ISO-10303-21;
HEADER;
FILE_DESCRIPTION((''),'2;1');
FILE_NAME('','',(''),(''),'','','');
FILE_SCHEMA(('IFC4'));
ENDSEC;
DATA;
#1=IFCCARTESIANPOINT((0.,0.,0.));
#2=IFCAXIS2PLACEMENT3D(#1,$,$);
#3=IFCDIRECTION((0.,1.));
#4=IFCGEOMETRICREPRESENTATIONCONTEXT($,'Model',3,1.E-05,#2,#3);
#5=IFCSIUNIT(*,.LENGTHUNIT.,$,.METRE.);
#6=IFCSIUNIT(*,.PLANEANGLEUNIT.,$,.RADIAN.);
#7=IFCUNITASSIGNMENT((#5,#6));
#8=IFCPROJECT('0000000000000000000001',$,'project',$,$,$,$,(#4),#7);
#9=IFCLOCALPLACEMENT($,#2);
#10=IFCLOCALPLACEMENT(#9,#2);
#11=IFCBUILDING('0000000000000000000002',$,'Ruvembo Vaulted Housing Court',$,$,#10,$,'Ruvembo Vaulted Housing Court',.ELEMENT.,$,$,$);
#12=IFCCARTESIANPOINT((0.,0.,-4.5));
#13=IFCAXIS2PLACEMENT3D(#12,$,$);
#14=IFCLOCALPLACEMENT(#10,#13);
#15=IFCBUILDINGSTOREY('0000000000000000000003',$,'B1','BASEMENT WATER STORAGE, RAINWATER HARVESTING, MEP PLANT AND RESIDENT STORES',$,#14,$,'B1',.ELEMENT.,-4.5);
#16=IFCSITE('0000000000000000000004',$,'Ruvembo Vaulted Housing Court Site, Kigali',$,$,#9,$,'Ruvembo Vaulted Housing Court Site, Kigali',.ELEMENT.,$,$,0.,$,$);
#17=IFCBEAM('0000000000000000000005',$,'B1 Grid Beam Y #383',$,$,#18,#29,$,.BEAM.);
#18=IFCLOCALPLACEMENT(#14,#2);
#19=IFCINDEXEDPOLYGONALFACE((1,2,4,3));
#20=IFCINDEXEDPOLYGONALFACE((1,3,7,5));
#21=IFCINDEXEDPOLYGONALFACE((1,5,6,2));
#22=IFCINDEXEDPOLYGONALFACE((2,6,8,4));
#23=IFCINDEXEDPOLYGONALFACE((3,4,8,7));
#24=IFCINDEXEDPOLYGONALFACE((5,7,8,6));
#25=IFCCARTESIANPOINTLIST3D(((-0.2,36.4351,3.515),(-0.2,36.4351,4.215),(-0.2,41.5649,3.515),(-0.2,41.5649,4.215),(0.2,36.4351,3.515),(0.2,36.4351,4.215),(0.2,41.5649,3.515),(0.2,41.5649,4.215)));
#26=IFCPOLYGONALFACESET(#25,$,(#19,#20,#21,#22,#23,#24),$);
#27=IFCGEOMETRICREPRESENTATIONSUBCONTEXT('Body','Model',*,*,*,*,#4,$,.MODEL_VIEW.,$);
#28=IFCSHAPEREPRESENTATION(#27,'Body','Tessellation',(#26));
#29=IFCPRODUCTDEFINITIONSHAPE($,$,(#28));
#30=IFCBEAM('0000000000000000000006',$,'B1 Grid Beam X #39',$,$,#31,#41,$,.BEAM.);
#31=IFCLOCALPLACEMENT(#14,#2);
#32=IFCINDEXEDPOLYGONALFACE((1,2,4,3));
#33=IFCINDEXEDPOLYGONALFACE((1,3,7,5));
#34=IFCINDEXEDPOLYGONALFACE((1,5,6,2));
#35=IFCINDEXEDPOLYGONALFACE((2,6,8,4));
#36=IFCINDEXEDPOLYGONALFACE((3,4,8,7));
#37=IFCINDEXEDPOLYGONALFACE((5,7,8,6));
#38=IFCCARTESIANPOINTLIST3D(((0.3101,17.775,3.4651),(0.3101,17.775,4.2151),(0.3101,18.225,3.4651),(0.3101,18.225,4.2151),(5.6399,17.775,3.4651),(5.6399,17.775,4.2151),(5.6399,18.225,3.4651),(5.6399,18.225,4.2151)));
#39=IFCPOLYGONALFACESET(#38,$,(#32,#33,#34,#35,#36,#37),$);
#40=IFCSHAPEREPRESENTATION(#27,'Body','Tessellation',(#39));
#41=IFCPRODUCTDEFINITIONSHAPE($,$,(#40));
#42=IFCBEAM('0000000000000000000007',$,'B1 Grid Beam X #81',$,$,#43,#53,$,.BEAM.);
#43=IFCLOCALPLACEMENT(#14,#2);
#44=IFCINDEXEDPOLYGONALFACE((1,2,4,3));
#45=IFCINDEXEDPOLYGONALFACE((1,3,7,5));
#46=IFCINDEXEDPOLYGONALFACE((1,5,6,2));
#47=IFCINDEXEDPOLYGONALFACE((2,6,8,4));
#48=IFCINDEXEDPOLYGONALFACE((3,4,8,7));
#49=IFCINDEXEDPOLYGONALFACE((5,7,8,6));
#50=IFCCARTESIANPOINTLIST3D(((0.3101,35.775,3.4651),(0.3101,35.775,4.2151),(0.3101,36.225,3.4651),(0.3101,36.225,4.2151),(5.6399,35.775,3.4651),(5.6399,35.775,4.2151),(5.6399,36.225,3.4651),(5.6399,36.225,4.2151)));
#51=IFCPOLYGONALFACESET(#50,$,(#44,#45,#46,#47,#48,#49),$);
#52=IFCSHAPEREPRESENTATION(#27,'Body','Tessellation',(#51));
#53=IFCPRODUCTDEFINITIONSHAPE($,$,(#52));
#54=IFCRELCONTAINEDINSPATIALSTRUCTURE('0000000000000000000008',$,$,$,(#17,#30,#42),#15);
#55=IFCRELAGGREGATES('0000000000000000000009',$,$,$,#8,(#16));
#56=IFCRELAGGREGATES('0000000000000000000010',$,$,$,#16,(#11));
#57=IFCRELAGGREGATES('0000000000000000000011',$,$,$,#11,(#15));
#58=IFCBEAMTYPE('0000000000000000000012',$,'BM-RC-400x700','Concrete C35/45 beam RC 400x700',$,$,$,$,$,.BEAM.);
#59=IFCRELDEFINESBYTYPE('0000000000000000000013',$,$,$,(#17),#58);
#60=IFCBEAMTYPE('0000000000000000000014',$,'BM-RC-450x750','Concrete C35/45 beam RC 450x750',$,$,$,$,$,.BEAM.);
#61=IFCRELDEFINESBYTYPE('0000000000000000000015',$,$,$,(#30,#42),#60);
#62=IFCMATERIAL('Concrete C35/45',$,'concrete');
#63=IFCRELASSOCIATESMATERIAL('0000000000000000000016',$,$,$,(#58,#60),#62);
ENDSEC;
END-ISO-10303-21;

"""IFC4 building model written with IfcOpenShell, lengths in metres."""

from ifc_helpers import new_model, si_unit, direction, frame, origin, origin_2d, place, context, subcontext, project, spatial, rectangle, extrude, material, material_profile, profile_set, type_object, element, save


model = new_model("IFC4")

# Units and contexts
model_context = context("Model", 3, precision=1e-05, world=origin(), true_north=direction((0.0, 1.0)))
body_context = subcontext(model_context, "Body", "Model", "MODEL_VIEW")
ifc_project = project(units=[si_unit("LENGTHUNIT", "METRE"), si_unit("PLANEANGLEUNIT", "RADIAN")], contexts=[model_context])

# Site, building, storey
site_placement = place(None, origin())
site = spatial("IfcSite", under=ifc_project, at=site_placement, Name="Ruvembo Vaulted Housing Court Site, Kigali", LongName="Ruvembo Vaulted Housing Court Site, Kigali", CompositionType="ELEMENT", RefElevation=0.0)
building_placement = place(site_placement, origin())
building = spatial("IfcBuilding", under=site, at=building_placement, Name="Ruvembo Vaulted Housing Court", LongName="Ruvembo Vaulted Housing Court", CompositionType="ELEMENT")
storey_placement = place(building_placement, frame((0.0, 0.0, -4.5)))
storey = spatial("IfcBuildingStorey", under=building, at=storey_placement, Name="B1", Description="BASEMENT WATER STORAGE, RAINWATER HARVESTING, MEP PLANT AND RESIDENT STORES", LongName="B1", CompositionType="ELEMENT", Elevation=-4.5)

# Shared definitions
ifc_material_1 = material(Name="Concrete C35/45", Category="concrete")

# Beams
ifc_material_profile_1 = material_profile(ifc_material_1, rectangle(XDim=0.3999, YDim=0.7, at=origin_2d()), Name="RC 400x700")
ifc_profile_set_1 = profile_set([ifc_material_profile_1], Name="Concrete C35/45")
beam_type_1 = type_object("IfcBeamType", Name="BM-RC-400x700", Description="Concrete C35/45 beam RC 400x700", PredefinedType="BEAM", material=ifc_profile_set_1)
for number, where, z_axis, x_axis, name in (
    (1, (0.0, 36.4351, 3.865), (0.0, 1.0, 0.0), (-1.0, 0.0, 0.0), "B1 Grid Beam Y #383"),
):
    element("IfcBeam", number, at=place(storey_placement, frame(where, z_axis=z_axis, x_axis=x_axis)), inside=storey, type_object=beam_type_1, Name=name, PredefinedType="BEAM", context=body_context, shape_type="SweptSolid", body=[
        extrude(rectangle(XDim=0.3999, YDim=0.7, at=origin_2d()), origin(), (0.0, 0.0, 1.0), 5.1299),
    ])
ifc_material_profile_2 = material_profile(ifc_material_1, rectangle(XDim=0.45, YDim=0.75, at=origin_2d()), Name="RC 450x750")
ifc_profile_set_2 = profile_set([ifc_material_profile_2], Name="Concrete C35/45")
beam_type_2 = type_object("IfcBeamType", Name="BM-RC-450x750", Description="Concrete C35/45 beam RC 450x750", PredefinedType="BEAM", material=ifc_profile_set_2)
for number, where, z_axis, x_axis, name in (
    (2, (0.3101, 18.0, 3.8401), (1.0, 0.0, 0.0), (0.0, 1.0, 0.0), "B1 Grid Beam X #39"),
    (3, (0.3101, 36.0, 3.8401), (1.0, 0.0, 0.0), (0.0, 1.0, 0.0), "B1 Grid Beam X #81"),
):
    element("IfcBeam", number, at=place(storey_placement, frame(where, z_axis=z_axis, x_axis=x_axis)), inside=storey, type_object=beam_type_2, Name=name, PredefinedType="BEAM", context=body_context, shape_type="SweptSolid", body=[
        extrude(rectangle(XDim=0.45, YDim=0.75, at=origin_2d()), origin(), (0.0, 0.0, 1.0), 5.3298),
    ])

save(model, "model.ifc")
